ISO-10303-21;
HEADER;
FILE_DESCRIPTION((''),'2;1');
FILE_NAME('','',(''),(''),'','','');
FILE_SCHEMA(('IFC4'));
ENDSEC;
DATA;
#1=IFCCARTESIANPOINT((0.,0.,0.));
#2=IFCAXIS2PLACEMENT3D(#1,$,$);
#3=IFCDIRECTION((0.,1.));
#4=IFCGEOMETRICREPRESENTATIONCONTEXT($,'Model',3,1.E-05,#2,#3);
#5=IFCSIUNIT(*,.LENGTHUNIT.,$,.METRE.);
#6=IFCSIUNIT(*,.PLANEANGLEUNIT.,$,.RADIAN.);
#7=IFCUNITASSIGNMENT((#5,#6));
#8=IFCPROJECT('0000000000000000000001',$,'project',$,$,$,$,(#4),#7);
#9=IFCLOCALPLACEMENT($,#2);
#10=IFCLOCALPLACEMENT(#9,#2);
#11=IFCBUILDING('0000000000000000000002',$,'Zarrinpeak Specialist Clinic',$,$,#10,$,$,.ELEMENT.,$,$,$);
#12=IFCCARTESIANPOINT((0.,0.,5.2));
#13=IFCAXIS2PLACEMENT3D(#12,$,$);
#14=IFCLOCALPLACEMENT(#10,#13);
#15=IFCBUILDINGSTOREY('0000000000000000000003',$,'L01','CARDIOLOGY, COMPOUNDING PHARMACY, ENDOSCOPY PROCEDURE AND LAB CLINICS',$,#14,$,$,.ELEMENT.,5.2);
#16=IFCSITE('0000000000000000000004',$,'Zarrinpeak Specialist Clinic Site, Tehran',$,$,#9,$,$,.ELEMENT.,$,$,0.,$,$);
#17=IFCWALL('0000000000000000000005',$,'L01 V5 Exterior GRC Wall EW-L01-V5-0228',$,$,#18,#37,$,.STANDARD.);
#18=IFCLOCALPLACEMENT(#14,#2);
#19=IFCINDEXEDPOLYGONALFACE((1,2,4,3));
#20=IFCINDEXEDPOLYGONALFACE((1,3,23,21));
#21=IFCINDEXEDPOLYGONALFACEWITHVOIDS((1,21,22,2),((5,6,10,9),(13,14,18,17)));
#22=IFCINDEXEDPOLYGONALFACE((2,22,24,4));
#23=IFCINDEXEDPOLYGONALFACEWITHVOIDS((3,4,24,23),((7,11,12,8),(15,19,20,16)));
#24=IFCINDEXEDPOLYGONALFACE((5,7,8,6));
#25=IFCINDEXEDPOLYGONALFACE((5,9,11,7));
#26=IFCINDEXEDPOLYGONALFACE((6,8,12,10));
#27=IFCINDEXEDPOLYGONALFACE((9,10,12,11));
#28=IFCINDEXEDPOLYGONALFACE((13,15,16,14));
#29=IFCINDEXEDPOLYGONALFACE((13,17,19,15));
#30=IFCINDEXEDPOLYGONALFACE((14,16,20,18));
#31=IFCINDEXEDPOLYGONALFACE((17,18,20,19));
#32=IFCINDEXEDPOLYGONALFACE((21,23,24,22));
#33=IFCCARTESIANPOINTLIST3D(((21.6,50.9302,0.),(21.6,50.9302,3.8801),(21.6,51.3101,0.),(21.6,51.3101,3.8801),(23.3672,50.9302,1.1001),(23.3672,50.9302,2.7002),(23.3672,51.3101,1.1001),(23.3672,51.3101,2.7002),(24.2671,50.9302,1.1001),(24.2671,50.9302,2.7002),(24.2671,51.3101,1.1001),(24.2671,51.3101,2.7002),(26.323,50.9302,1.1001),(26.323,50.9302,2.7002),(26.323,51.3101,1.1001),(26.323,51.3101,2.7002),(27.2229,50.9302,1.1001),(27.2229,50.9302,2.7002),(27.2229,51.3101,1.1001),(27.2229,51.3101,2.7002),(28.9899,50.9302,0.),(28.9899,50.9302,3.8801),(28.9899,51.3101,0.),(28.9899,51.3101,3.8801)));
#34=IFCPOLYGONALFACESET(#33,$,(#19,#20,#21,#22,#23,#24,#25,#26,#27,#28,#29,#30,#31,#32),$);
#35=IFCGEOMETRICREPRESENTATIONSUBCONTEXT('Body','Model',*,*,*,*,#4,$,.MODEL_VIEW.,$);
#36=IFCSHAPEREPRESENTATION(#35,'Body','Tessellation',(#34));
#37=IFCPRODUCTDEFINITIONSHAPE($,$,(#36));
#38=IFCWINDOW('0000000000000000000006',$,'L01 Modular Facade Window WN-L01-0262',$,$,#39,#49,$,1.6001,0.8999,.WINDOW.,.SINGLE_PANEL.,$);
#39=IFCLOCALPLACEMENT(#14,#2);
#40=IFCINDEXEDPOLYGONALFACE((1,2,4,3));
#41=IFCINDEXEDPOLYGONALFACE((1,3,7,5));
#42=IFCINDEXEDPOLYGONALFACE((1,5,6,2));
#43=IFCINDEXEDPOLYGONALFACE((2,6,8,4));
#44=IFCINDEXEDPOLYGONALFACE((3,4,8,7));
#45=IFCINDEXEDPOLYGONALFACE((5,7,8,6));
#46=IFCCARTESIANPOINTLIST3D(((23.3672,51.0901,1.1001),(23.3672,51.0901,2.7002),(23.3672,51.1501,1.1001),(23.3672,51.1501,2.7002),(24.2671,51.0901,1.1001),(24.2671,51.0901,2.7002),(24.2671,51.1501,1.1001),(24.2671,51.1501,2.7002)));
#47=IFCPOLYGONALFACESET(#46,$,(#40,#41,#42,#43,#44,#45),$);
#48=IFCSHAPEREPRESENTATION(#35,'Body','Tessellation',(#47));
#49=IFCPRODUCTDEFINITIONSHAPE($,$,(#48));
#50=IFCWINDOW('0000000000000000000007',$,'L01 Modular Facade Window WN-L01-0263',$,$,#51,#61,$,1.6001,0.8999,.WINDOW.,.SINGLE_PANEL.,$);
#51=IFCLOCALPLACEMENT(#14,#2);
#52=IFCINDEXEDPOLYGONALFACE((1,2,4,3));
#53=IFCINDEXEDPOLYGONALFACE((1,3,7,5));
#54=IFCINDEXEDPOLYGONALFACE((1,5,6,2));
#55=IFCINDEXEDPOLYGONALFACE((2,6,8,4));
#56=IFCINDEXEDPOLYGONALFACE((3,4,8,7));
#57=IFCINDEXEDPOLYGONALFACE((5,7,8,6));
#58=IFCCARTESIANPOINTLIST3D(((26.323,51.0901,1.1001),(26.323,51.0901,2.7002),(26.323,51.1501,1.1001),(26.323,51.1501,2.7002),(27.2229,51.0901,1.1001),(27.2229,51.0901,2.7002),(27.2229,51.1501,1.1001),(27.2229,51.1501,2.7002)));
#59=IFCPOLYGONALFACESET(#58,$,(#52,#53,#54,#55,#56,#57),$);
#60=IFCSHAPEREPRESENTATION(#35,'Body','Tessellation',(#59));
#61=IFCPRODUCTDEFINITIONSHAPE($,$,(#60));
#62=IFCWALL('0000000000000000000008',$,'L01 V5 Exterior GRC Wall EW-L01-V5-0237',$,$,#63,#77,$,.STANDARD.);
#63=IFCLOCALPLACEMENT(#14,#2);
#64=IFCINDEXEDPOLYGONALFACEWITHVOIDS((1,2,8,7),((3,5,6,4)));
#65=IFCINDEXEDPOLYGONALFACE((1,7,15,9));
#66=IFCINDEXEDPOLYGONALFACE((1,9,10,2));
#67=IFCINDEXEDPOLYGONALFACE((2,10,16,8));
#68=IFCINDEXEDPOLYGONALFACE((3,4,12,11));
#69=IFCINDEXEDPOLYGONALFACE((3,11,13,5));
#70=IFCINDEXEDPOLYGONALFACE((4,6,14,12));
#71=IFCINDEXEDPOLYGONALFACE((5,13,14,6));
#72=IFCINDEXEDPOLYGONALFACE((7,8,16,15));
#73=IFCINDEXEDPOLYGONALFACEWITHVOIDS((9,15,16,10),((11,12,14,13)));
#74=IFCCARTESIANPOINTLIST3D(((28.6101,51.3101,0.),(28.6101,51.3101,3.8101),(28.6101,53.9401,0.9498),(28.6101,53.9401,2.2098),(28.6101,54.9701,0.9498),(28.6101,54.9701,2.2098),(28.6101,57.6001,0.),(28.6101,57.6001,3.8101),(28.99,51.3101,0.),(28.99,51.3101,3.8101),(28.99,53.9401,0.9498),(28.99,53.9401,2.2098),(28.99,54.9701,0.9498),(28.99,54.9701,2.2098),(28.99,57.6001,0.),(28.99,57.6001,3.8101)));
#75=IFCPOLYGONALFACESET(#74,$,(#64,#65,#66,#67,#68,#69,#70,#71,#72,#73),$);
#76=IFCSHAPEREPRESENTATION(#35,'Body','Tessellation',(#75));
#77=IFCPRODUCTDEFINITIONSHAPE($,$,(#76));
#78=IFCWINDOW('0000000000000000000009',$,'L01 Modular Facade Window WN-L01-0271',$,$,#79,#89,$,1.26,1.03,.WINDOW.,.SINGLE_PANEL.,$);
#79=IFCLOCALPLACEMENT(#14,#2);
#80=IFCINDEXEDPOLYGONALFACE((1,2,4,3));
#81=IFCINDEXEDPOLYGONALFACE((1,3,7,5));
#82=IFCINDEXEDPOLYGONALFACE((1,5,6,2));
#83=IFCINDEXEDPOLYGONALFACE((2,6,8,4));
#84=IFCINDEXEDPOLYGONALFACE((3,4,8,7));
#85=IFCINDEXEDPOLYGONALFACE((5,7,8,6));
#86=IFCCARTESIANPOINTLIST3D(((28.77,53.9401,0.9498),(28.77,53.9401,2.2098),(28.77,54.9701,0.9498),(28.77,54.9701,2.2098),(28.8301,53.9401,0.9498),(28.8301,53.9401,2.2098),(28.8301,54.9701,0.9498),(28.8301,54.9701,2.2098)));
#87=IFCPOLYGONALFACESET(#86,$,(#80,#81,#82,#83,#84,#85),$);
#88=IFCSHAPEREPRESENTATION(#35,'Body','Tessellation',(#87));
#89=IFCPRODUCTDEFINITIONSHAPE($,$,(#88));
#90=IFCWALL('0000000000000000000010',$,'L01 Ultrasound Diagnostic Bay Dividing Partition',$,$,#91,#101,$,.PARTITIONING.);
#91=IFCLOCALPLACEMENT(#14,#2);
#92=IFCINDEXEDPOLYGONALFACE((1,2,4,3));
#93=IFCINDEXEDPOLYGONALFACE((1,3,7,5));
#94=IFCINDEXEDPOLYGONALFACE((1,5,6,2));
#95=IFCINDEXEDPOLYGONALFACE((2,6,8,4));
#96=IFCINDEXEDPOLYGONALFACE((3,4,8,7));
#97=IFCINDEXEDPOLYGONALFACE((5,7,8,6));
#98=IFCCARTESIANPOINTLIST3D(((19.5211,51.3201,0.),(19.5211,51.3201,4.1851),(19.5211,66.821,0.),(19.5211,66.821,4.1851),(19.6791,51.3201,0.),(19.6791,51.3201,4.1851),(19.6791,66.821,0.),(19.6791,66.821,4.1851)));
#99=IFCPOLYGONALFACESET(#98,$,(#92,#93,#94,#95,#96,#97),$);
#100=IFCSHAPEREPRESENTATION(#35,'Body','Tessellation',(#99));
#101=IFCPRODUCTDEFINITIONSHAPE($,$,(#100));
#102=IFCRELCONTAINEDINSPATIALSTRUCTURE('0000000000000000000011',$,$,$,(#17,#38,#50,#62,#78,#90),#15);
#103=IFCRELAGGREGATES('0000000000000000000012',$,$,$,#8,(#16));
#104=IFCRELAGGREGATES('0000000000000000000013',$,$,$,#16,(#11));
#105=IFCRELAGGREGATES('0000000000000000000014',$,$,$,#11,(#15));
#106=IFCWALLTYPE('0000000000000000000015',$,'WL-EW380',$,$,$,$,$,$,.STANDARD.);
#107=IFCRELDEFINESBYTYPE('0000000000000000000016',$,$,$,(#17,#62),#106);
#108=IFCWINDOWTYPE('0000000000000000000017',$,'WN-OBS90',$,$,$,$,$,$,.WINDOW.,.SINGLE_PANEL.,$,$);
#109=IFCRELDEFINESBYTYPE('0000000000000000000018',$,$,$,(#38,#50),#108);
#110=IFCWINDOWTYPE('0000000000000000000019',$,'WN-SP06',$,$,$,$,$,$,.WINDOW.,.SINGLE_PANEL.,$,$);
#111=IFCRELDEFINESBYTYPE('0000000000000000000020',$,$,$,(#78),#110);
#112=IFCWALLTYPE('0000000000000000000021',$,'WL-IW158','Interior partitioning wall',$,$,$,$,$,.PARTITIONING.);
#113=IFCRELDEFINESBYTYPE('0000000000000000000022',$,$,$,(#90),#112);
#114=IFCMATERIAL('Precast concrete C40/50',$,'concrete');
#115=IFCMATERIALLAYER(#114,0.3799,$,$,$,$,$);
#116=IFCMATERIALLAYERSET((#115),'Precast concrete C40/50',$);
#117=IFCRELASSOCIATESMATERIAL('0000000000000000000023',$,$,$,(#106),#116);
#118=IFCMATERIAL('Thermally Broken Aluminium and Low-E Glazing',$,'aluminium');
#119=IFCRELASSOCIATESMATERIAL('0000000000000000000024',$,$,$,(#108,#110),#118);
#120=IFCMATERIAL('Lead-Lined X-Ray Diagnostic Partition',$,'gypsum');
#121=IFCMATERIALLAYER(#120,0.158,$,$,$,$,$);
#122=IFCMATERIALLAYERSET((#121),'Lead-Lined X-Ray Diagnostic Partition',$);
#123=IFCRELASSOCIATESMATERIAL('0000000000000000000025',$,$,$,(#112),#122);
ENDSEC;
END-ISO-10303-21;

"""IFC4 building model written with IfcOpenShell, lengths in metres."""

from ifc_helpers import new_model, si_unit, direction, frame, frame_2d, origin, place, context, subcontext, project, spatial, rectangle, extrude, material, layer, layer_set, type_object, element, fill, save


model = new_model("IFC4")

# Units and contexts
model_context = context("Model", 3, precision=1e-05, world=origin(), true_north=direction((0.0, 1.0)))
body_context = subcontext(model_context, "Body", "Model", "MODEL_VIEW")
ifc_project = project(units=[si_unit("LENGTHUNIT", "METRE"), si_unit("PLANEANGLEUNIT", "RADIAN")], contexts=[model_context])

# Site, building, storey
site_placement = place(None, origin())
site = spatial("IfcSite", under=ifc_project, at=site_placement, Name="Zarrinpeak Specialist Clinic Site, Tehran", CompositionType="ELEMENT", RefElevation=0.0)
building_placement = place(site_placement, origin())
building = spatial("IfcBuilding", under=site, at=building_placement, Name="Zarrinpeak Specialist Clinic", CompositionType="ELEMENT")
storey_placement = place(building_placement, frame((0.0, 0.0, 5.2)))
storey = spatial("IfcBuildingStorey", under=building, at=storey_placement, Name="L01", Description="CARDIOLOGY, COMPOUNDING PHARMACY, ENDOSCOPY PROCEDURE AND LAB CLINICS", CompositionType="ELEMENT", Elevation=5.2)

# Wall, openings, windows
ifc_material_1 = material(Name="Precast concrete C40/50", Category="concrete")
ifc_layer_1 = layer(ifc_material_1, 0.3799)
ifc_layer_set_1 = layer_set([ifc_layer_1], Name="Precast concrete C40/50")
wall_type_1 = type_object("IfcWallType", Name="WL-EW380", PredefinedType="STANDARD", material=ifc_layer_set_1)
ifc_material_2 = material(Name="Thermally Broken Aluminium and Low-E Glazing", Category="aluminium")
wall_1_placement = place(storey_placement, frame((21.6001, 51.1201, 0.0), z_axis=(0.0, 0.0, 1.0), x_axis=(1.0, 0.0, 0.0)))
wall_1 = element("IfcWall", 1, at=wall_1_placement, inside=storey, type_object=wall_type_1, Name="L01 V5 Exterior GRC Wall EW-L01-V5-0228", PredefinedType="STANDARD", context=body_context, shape_type="SweptSolid", body=[
    extrude(rectangle(XDim=7.3899, YDim=0.3799, at=frame_2d((3.6948, 0.0))), origin(), (0.0, 0.0, 1.0), 3.8801),
])
opening_1_placement = place(wall_1_placement, frame((1.7671, 0.0, 1.1001)))
opening_1 = element("IfcOpeningElement", 2, at=opening_1_placement, cuts=wall_1, PredefinedType="OPENING", context=body_context, shape_type="SweptSolid", body=[
    extrude(rectangle(XDim=0.8999, YDim=1.6001, at=frame_2d((0.45, 0.8))), frame((0.0, 0.2, 0.0), z_axis=(0.0, -1.0, 0.0), x_axis=(1.0, 0.0, 0.0)), (0.0, 0.0, 1.0), 0.3999),
])
opening_2_placement = place(wall_1_placement, frame((4.7229, 0.0, 1.1001)))
opening_2 = element("IfcOpeningElement", 3, at=opening_2_placement, cuts=wall_1, PredefinedType="OPENING", context=body_context, shape_type="SweptSolid", body=[
    extrude(rectangle(XDim=0.8999, YDim=1.6001, at=frame_2d((0.45, 0.8))), frame((0.0, 0.2, 0.0), z_axis=(0.0, -1.0, 0.0), x_axis=(1.0, 0.0, 0.0)), (0.0, 0.0, 1.0), 0.3999),
])
window_type_1 = type_object("IfcWindowType", Name="WN-OBS90", PartitioningType="SINGLE_PANEL", PredefinedType="WINDOW", material=ifc_material_2)
window_1_placement = place(opening_1_placement, origin())
window_1 = element("IfcWindow", 4, at=window_1_placement, inside=storey, type_object=window_type_1, Name="L01 Modular Facade Window WN-L01-0262", OverallHeight=1.6001, OverallWidth=0.8999, PartitioningType="SINGLE_PANEL", PredefinedType="WINDOW", context=body_context, shape_type="SweptSolid", body=[
    extrude(rectangle(XDim=0.8999, YDim=1.6001, at=frame_2d((0.45, 0.8))), frame((0.0, 0.03, 0.0), z_axis=(0.0, -1.0, 0.0), x_axis=(1.0, 0.0, 0.0)), (0.0, 0.0, 1.0), 0.0601),
])
fill(opening_1, window_1)
window_2_placement = place(opening_2_placement, origin())
window_2 = element("IfcWindow", 5, at=window_2_placement, inside=storey, type_object=window_type_1, Name="L01 Modular Facade Window WN-L01-0263", OverallHeight=1.6001, OverallWidth=0.8999, PartitioningType="SINGLE_PANEL", PredefinedType="WINDOW", context=body_context, shape_type="SweptSolid", body=[
    extrude(rectangle(XDim=0.8999, YDim=1.6001, at=frame_2d((0.45, 0.8))), frame((0.0, 0.03, 0.0), z_axis=(0.0, -1.0, 0.0), x_axis=(1.0, 0.0, 0.0)), (0.0, 0.0, 1.0), 0.0601),
])
fill(opening_2, window_2)

# Wall, opening, window
wall_2_placement = place(storey_placement, frame((28.8, 51.3101, 0.0), z_axis=(0.0, 0.0, 1.0), x_axis=(0.0, 1.0, 0.0)))
wall_2 = element("IfcWall", 6, at=wall_2_placement, inside=storey, type_object=wall_type_1, Name="L01 V5 Exterior GRC Wall EW-L01-V5-0237", PredefinedType="STANDARD", context=body_context, shape_type="SweptSolid", body=[
    extrude(rectangle(XDim=6.29, YDim=0.3799, at=frame_2d((3.145, 0.0))), origin(), (0.0, 0.0, 1.0), 3.8101),
])
opening_3_placement = place(wall_2_placement, frame((2.6299, 0.0, 0.95)))
opening_3 = element("IfcOpeningElement", 7, at=opening_3_placement, cuts=wall_2, PredefinedType="OPENING", context=body_context, shape_type="SweptSolid", body=[
    extrude(rectangle(XDim=1.03, YDim=1.26, at=frame_2d((0.5151, 0.6299))), frame((0.0, 0.2, 0.0), z_axis=(0.0, -1.0, 0.0), x_axis=(1.0, 0.0, 0.0)), (0.0, 0.0, 1.0), 0.3999),
])
window_type_2 = type_object("IfcWindowType", Name="WN-SP06", PartitioningType="SINGLE_PANEL", PredefinedType="WINDOW", material=ifc_material_2)
window_3_placement = place(opening_3_placement, origin())
window_3 = element("IfcWindow", 8, at=window_3_placement, inside=storey, type_object=window_type_2, Name="L01 Modular Facade Window WN-L01-0271", OverallHeight=1.26, OverallWidth=1.03, PartitioningType="SINGLE_PANEL", PredefinedType="WINDOW", context=body_context, shape_type="SweptSolid", body=[
    extrude(rectangle(XDim=1.03, YDim=1.26, at=frame_2d((0.5151, 0.6299))), frame((0.0, 0.03, 0.0), z_axis=(0.0, -1.0, 0.0), x_axis=(1.0, 0.0, 0.0)), (0.0, 0.0, 1.0), 0.0601),
])
fill(opening_3, window_3)

# Wall
ifc_material_3 = material(Name="Lead-Lined X-Ray Diagnostic Partition", Category="gypsum")
ifc_layer_2 = layer(ifc_material_3, 0.158)
ifc_layer_set_2 = layer_set([ifc_layer_2], Name="Lead-Lined X-Ray Diagnostic Partition")
wall_type_2 = type_object("IfcWallType", Name="WL-IW158", Description="Interior partitioning wall", PredefinedType="PARTITIONING", material=ifc_layer_set_2)
wall_3_placement = place(storey_placement, frame((19.6001, 51.3201, 0.0), z_axis=(0.0, 0.0, 1.0), x_axis=(0.0, 1.0, 0.0)))
element("IfcWall", 9, at=wall_3_placement, inside=storey, type_object=wall_type_2, Name="L01 Ultrasound Diagnostic Bay Dividing Partition", PredefinedType="PARTITIONING", context=body_context, shape_type="SweptSolid", body=[
    extrude(rectangle(XDim=15.501, YDim=0.158, at=frame_2d((7.7505, 0.0))), origin(), (0.0, 0.0, 1.0), 4.1851),
])

save(model, "model.ifc")
